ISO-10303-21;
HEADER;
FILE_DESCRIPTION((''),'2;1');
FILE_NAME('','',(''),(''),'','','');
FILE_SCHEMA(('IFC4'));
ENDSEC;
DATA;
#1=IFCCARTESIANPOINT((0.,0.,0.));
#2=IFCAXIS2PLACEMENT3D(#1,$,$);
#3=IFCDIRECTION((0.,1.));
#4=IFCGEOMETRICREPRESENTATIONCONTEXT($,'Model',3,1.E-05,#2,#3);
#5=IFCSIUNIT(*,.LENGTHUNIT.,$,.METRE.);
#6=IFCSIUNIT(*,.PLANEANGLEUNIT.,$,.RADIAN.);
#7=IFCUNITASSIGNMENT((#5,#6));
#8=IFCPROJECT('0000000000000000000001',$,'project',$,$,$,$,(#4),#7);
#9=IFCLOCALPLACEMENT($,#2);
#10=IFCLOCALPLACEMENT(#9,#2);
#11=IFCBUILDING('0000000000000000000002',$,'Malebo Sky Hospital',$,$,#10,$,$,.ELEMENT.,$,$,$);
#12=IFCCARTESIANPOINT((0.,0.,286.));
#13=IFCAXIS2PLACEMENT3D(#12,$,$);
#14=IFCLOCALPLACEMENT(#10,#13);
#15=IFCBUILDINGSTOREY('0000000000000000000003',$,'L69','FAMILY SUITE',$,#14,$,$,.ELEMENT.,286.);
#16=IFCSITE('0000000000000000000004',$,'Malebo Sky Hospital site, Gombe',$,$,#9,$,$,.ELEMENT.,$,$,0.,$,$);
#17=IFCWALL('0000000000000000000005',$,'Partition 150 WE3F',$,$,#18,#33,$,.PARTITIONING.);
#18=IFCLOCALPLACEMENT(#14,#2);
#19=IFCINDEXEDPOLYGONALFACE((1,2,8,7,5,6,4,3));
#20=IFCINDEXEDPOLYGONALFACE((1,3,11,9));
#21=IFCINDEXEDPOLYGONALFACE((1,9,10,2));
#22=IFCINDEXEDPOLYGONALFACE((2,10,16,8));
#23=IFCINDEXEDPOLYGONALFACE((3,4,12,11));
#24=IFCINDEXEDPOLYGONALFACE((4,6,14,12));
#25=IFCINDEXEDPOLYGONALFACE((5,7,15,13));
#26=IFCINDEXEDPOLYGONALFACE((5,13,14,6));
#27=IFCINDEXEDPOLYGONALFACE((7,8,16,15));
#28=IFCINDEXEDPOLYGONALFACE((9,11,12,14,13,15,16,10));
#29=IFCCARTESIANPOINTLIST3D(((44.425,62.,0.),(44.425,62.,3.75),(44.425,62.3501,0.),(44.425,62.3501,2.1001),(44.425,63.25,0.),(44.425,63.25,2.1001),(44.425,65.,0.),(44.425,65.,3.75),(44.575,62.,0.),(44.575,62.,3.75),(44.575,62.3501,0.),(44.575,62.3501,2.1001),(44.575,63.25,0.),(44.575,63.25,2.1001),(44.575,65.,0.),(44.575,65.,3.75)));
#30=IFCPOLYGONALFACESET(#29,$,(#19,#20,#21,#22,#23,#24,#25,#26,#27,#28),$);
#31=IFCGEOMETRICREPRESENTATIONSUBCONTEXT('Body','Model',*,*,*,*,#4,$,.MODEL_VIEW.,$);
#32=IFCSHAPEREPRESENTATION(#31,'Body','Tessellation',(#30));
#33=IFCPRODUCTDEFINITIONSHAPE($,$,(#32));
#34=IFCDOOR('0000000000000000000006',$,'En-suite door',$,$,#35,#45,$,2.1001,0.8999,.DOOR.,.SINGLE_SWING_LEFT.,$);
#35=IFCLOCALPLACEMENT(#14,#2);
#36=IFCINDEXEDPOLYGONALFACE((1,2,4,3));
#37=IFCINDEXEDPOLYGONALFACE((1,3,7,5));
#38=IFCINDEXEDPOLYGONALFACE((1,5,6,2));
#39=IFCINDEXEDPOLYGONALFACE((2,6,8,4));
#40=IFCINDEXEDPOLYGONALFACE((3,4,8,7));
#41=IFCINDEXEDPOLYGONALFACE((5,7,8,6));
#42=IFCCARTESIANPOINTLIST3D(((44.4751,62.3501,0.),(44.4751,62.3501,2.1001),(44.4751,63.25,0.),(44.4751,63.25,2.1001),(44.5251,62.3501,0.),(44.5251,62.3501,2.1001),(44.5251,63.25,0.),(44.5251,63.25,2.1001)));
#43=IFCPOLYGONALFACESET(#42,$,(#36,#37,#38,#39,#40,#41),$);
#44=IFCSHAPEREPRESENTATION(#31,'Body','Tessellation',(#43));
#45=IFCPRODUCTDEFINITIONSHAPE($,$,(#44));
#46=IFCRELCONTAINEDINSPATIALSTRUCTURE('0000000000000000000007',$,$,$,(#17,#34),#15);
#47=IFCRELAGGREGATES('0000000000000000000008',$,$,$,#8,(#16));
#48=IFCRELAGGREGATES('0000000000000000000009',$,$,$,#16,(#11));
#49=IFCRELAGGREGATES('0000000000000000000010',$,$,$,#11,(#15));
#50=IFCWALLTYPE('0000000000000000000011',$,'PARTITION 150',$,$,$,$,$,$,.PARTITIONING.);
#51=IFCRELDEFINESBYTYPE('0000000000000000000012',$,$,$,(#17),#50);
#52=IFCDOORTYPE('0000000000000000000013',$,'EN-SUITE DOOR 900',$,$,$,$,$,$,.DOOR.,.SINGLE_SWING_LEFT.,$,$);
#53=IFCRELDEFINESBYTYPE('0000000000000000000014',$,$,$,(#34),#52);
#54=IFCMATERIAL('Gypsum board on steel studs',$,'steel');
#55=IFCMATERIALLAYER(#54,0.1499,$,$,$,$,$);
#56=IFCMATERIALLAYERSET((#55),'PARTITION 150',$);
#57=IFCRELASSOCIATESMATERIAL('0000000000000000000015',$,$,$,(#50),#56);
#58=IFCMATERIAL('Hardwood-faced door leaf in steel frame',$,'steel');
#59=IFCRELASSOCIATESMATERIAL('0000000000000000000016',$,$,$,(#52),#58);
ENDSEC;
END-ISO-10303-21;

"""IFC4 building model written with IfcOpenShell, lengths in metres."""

from ifc_helpers import new_model, si_unit, direction, frame, frame_2d, origin, place, context, subcontext, project, spatial, rectangle, extrude, material, layer, layer_set, type_object, element, fill, save


model = new_model("IFC4")

# Units and contexts
model_context = context("Model", 3, precision=1e-05, world=origin(), true_north=direction((0.0, 1.0)))
body_context = subcontext(model_context, "Body", "Model", "MODEL_VIEW")
ifc_project = project(units=[si_unit("LENGTHUNIT", "METRE"), si_unit("PLANEANGLEUNIT", "RADIAN")], contexts=[model_context])

# Site, building, storey
site_placement = place(None, origin())
site = spatial("IfcSite", under=ifc_project, at=site_placement, Name="Malebo Sky Hospital site, Gombe", CompositionType="ELEMENT", RefElevation=0.0)
building_placement = place(site_placement, origin())
building = spatial("IfcBuilding", under=site, at=building_placement, Name="Malebo Sky Hospital", CompositionType="ELEMENT")
storey_placement = place(building_placement, frame((0.0, 0.0, 286.0)))
storey = spatial("IfcBuildingStorey", under=building, at=storey_placement, Name="L69", Description="FAMILY SUITE", CompositionType="ELEMENT", Elevation=286.0)

# Wall, opening, door
ifc_material_1 = material(Name="Gypsum board on steel studs", Category="steel")
ifc_layer_1 = layer(ifc_material_1, 0.1499)
ifc_layer_set_1 = layer_set([ifc_layer_1], Name="PARTITION 150")
wall_type = type_object("IfcWallType", Name="PARTITION 150", PredefinedType="PARTITIONING", material=ifc_layer_set_1)
wall_placement = place(storey_placement, frame((44.5, 62.0, 0.0), z_axis=(0.0, 0.0, 1.0), x_axis=(0.0, 1.0, 0.0)))
wall = element("IfcWall", 1, at=wall_placement, inside=storey, type_object=wall_type, Name="Partition 150 WE3F", PredefinedType="PARTITIONING", context=body_context, shape_type="SweptSolid", body=[
    extrude(rectangle(XDim=3.0, YDim=0.1499, at=frame_2d((1.5, 0.0))), origin(), (0.0, 0.0, 1.0), 3.75),
])
opening_placement = place(wall_placement, frame((0.3501, 0.0, 0.0)))
opening = element("IfcOpeningElement", 2, at=opening_placement, cuts=wall, PredefinedType="OPENING", context=body_context, shape_type="SweptSolid", body=[
    extrude(rectangle(XDim=0.8999, YDim=2.1001, at=frame_2d((0.45, 1.05))), frame((0.0, 0.085, 0.0), z_axis=(0.0, -1.0, 0.0), x_axis=(1.0, 0.0, 0.0)), (0.0, 0.0, 1.0), 0.1699),
])
ifc_material_2 = material(Name="Hardwood-faced door leaf in steel frame", Category="steel")
door_type = type_object("IfcDoorType", Name="EN-SUITE DOOR 900", OperationType="SINGLE_SWING_LEFT", PredefinedType="DOOR", material=ifc_material_2)
door_placement = place(opening_placement, origin())
door = element("IfcDoor", 3, at=door_placement, inside=storey, type_object=door_type, Name="En-suite door", OperationType="SINGLE_SWING_LEFT", OverallHeight=2.1001, OverallWidth=0.8999, PredefinedType="DOOR", context=body_context, shape_type="SweptSolid", body=[
    extrude(rectangle(XDim=0.8999, YDim=2.1001, at=frame_2d((0.45, 1.05))), frame((0.0, 0.0249, 0.0), z_axis=(0.0, -1.0, 0.0), x_axis=(1.0, 0.0, 0.0)), (0.0, 0.0, 1.0), 0.05),
])
fill(opening, door)

save(model, "model.ifc")
